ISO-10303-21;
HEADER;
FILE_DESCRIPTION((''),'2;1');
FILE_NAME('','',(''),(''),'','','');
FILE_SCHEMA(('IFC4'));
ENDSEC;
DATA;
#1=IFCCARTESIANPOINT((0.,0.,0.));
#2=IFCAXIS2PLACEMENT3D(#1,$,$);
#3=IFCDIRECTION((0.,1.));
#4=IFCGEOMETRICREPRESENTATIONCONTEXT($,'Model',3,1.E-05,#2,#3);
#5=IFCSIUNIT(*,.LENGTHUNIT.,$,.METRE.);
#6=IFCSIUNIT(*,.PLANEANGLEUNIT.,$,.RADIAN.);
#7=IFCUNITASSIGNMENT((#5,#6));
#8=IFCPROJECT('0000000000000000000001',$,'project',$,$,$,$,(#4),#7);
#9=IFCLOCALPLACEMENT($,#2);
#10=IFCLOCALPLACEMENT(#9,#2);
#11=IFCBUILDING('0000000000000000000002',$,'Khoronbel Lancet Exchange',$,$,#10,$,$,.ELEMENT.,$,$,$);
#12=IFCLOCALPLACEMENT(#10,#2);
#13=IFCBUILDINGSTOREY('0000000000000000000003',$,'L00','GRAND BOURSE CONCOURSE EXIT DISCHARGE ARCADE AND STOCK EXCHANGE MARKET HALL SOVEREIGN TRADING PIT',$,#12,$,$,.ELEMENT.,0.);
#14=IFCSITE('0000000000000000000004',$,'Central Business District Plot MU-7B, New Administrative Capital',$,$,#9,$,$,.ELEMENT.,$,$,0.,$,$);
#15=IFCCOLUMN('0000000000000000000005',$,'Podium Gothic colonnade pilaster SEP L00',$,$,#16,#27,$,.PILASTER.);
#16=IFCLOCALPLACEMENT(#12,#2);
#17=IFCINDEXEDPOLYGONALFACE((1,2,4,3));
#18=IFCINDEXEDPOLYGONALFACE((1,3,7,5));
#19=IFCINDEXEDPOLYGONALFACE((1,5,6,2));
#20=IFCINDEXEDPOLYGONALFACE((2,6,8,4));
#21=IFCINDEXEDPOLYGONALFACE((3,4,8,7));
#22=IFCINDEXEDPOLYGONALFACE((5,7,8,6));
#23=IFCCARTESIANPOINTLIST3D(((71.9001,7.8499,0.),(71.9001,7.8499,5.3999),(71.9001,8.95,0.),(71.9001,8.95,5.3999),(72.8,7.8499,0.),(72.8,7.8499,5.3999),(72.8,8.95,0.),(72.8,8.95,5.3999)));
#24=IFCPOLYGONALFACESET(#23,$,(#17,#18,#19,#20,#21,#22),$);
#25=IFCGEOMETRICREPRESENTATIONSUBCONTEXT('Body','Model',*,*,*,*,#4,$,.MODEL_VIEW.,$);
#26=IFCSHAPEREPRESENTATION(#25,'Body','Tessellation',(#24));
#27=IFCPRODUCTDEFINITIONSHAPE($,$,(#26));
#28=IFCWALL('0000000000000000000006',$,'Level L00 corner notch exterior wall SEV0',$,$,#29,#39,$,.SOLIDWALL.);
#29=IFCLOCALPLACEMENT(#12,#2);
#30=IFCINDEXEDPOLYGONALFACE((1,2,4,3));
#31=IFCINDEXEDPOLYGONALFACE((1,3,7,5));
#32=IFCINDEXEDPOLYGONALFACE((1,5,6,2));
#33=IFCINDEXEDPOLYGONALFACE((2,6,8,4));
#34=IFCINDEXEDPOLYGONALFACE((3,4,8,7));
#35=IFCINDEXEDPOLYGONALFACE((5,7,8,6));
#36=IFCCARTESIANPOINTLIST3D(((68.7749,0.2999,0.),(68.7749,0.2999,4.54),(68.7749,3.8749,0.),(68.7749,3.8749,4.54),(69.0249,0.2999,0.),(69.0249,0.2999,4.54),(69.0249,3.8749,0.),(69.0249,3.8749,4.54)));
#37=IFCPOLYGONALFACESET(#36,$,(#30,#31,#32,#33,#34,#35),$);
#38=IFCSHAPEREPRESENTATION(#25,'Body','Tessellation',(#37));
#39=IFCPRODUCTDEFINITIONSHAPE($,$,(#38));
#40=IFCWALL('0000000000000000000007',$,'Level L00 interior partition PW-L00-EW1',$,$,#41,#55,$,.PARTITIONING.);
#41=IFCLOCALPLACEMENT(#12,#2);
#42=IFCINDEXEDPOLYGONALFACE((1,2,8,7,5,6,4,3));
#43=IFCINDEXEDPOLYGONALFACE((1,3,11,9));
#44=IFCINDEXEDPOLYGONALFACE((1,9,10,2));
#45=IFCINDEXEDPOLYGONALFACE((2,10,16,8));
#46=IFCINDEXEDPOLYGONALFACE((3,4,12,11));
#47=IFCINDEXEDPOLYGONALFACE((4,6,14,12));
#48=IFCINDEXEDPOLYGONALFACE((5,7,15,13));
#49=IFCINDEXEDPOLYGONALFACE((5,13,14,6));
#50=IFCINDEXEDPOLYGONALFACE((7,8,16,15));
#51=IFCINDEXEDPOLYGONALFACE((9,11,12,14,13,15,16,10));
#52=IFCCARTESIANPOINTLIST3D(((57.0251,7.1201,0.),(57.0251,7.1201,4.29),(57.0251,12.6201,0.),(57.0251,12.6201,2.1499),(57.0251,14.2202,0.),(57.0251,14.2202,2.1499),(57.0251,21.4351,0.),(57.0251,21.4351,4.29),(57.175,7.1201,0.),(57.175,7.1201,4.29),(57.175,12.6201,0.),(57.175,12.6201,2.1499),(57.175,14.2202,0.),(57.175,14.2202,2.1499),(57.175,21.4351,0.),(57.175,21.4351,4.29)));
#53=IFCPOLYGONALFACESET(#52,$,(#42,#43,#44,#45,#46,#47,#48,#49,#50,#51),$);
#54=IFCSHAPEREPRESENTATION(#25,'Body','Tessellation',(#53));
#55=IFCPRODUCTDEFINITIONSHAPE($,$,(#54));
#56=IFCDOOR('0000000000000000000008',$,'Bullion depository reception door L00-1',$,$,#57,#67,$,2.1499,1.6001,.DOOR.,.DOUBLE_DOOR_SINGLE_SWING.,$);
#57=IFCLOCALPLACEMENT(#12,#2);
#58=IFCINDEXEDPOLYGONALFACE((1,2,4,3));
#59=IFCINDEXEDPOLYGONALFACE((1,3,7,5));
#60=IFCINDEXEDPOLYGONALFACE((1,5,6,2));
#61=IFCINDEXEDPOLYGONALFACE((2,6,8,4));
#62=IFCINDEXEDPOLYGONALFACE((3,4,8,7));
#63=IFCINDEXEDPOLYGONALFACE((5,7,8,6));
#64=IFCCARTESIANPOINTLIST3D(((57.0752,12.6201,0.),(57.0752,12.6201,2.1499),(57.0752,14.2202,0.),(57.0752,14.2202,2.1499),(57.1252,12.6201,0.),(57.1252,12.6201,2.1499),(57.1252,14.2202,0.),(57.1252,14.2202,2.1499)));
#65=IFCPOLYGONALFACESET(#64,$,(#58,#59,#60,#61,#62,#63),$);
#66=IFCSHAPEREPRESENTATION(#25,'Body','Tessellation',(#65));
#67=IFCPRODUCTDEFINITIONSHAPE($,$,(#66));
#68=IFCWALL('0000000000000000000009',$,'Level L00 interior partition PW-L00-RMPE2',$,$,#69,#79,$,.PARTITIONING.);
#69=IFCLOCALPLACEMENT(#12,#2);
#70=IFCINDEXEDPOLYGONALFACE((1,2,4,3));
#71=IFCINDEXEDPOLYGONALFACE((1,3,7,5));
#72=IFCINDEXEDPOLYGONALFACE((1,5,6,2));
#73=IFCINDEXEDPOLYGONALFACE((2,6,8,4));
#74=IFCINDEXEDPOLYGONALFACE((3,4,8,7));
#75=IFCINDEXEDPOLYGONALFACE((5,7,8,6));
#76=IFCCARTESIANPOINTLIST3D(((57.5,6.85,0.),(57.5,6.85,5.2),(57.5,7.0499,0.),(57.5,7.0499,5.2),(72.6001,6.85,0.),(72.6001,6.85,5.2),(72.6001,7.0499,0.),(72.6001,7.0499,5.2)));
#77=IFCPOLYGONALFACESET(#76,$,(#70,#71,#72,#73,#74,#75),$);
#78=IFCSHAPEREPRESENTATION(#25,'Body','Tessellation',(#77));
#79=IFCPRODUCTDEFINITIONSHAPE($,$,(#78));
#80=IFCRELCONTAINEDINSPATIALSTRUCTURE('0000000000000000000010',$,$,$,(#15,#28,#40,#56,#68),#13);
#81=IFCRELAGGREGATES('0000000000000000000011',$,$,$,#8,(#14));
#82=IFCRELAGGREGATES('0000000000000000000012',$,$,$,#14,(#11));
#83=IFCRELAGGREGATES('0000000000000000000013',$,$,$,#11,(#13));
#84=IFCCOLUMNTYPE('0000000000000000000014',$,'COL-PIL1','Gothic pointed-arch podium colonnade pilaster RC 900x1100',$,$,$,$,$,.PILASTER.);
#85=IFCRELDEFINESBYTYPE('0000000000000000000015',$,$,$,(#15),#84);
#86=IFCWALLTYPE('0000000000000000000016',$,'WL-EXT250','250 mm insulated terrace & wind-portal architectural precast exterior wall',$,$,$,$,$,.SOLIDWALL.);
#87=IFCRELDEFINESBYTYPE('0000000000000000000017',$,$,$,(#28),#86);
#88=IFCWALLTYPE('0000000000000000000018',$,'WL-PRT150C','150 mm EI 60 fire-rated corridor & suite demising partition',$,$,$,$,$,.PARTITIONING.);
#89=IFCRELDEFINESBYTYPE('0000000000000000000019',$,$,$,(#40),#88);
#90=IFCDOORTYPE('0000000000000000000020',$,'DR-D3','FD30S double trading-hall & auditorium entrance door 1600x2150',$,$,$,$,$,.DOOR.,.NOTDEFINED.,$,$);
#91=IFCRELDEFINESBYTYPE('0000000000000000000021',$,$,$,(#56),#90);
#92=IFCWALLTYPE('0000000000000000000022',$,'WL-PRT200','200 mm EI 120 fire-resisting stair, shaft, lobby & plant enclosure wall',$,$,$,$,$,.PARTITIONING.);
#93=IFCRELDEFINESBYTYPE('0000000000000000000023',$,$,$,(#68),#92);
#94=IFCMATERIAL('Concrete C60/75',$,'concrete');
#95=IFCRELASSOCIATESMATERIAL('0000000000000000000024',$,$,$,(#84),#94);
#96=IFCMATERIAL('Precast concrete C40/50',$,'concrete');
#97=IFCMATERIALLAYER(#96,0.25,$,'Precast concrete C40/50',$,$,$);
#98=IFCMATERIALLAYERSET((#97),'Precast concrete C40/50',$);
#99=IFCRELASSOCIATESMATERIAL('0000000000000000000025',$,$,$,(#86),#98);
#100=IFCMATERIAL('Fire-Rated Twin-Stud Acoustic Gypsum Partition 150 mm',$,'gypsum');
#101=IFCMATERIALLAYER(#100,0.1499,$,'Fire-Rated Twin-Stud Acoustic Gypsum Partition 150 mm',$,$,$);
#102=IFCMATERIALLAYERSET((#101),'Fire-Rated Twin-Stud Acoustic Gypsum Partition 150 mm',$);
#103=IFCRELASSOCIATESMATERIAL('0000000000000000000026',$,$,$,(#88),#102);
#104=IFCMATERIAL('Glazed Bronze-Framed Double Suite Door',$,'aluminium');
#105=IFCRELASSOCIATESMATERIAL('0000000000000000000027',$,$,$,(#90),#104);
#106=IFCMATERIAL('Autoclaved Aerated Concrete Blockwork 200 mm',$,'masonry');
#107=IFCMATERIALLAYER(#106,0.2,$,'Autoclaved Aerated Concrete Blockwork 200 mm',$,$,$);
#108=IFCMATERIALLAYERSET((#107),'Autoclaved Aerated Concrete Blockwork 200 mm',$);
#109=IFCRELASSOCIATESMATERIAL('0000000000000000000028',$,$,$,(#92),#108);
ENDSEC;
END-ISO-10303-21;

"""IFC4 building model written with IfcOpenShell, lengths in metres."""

from ifc_helpers import new_model, si_unit, direction, frame, frame_2d, origin, origin_2d, place, context, subcontext, project, spatial, rectangle, extrude, material, layer, layer_set, material_profile, profile_set, type_object, element, fill, save


model = new_model("IFC4")

# Units and contexts
model_context = context("Model", 3, precision=1e-05, world=origin(), true_north=direction((0.0, 1.0)))
body_context = subcontext(model_context, "Body", "Model", "MODEL_VIEW")
ifc_project = project(units=[si_unit("LENGTHUNIT", "METRE"), si_unit("PLANEANGLEUNIT", "RADIAN")], contexts=[model_context])

# Site, building, storey
site_placement = place(None, origin())
site = spatial("IfcSite", under=ifc_project, at=site_placement, Name="Central Business District Plot MU-7B, New Administrative Capital", CompositionType="ELEMENT", RefElevation=0.0)
building_placement = place(site_placement, origin())
building = spatial("IfcBuilding", under=site, at=building_placement, Name="Khoronbel Lancet Exchange", CompositionType="ELEMENT")
storey_placement = place(building_placement, origin())
storey = spatial("IfcBuildingStorey", under=building, at=storey_placement, Name="L00", Description="GRAND BOURSE CONCOURSE EXIT DISCHARGE ARCADE AND STOCK EXCHANGE MARKET HALL SOVEREIGN TRADING PIT", CompositionType="ELEMENT", Elevation=0.0)

# Column
ifc_material_1 = material(Name="Concrete C60/75", Category="concrete")
ifc_material_profile = material_profile(ifc_material_1, rectangle(XDim=0.8999, YDim=1.1001, at=origin_2d()), Name="RC 900x1100")
ifc_profile_set = profile_set([ifc_material_profile], Name="Concrete C60/75")
column_type = type_object("IfcColumnType", Name="COL-PIL1", Description="Gothic pointed-arch podium colonnade pilaster RC 900x1100", PredefinedType="PILASTER", material=ifc_profile_set)
column_placement = place(storey_placement, frame((72.3501, 8.3999, 0.0), z_axis=(0.0, 0.0, 1.0), x_axis=(1.0, 0.0, 0.0)))
element("IfcColumn", 1, at=column_placement, inside=storey, type_object=column_type, Name="Podium Gothic colonnade pilaster SEP L00", PredefinedType="PILASTER", context=body_context, shape_type="SweptSolid", body=[
    extrude(rectangle(XDim=0.8999, YDim=1.1001, at=origin_2d()), origin(), (0.0, 0.0, 1.0), 5.3999),
])

# Wall
ifc_material_2 = material(Name="Precast concrete C40/50", Category="concrete")
ifc_layer_1 = layer(ifc_material_2, 0.25, Name="Precast concrete C40/50")
ifc_layer_set_1 = layer_set([ifc_layer_1], Name="Precast concrete C40/50")
wall_type_1 = type_object("IfcWallType", Name="WL-EXT250", Description="250 mm insulated terrace & wind-portal architectural precast exterior wall", PredefinedType="SOLIDWALL", material=ifc_layer_set_1)
wall_1_placement = place(storey_placement, frame((68.8999, 3.875, 0.0), z_axis=(0.0, 0.0, 1.0), x_axis=(0.0, -1.0, 0.0)))
element("IfcWall", 2, at=wall_1_placement, inside=storey, type_object=wall_type_1, Name="Level L00 corner notch exterior wall SEV0", PredefinedType="SOLIDWALL", context=body_context, shape_type="SweptSolid", body=[
    extrude(rectangle(XDim=3.575, YDim=0.25, at=frame_2d((1.7876, 0.0))), origin(), (0.0, 0.0, 1.0), 4.54),
])

# Wall, opening, door
ifc_material_3 = material(Name="Fire-Rated Twin-Stud Acoustic Gypsum Partition 150 mm", Category="gypsum")
ifc_layer_2 = layer(ifc_material_3, 0.1499, Name="Fire-Rated Twin-Stud Acoustic Gypsum Partition 150 mm")
ifc_layer_set_2 = layer_set([ifc_layer_2], Name="Fire-Rated Twin-Stud Acoustic Gypsum Partition 150 mm")
wall_type_2 = type_object("IfcWallType", Name="WL-PRT150C", Description="150 mm EI 60 fire-rated corridor & suite demising partition", PredefinedType="PARTITIONING", material=ifc_layer_set_2)
wall_2_placement = place(storey_placement, frame((57.1001, 7.1201, 0.0), z_axis=(0.0, 0.0, 1.0), x_axis=(0.0, 1.0, 0.0)))
wall_2 = element("IfcWall", 3, at=wall_2_placement, inside=storey, type_object=wall_type_2, Name="Level L00 interior partition PW-L00-EW1", PredefinedType="PARTITIONING", context=body_context, shape_type="SweptSolid", body=[
    extrude(rectangle(XDim=14.3149, YDim=0.1499, at=frame_2d((7.1575, 0.0))), origin(), (0.0, 0.0, 1.0), 4.29),
])
opening_placement = place(wall_2_placement, frame((5.5, 0.0, 0.0)))
opening = element("IfcOpeningElement", 4, at=opening_placement, cuts=wall_2, PredefinedType="OPENING", context=body_context, shape_type="SweptSolid", body=[
    extrude(rectangle(XDim=1.6001, YDim=2.1499, at=frame_2d((0.8, 1.075))), frame((0.0, 0.085, 0.0), z_axis=(0.0, -1.0, 0.0), x_axis=(1.0, 0.0, 0.0)), (0.0, 0.0, 1.0), 0.1699),
])
ifc_material_4 = material(Name="Glazed Bronze-Framed Double Suite Door", Category="aluminium")
door_type = type_object("IfcDoorType", Name="DR-D3", Description="FD30S double trading-hall & auditorium entrance door 1600x2150", OperationType="NOTDEFINED", PredefinedType="DOOR", material=ifc_material_4)
door_placement = place(opening_placement, origin())
door = element("IfcDoor", 5, at=door_placement, inside=storey, type_object=door_type, Name="Bullion depository reception door L00-1", OperationType="DOUBLE_DOOR_SINGLE_SWING", OverallHeight=2.1499, OverallWidth=1.6001, PredefinedType="DOOR", context=body_context, shape_type="SweptSolid", body=[
    extrude(rectangle(XDim=1.6001, YDim=2.1499, at=frame_2d((0.8, 1.075))), frame((0.0, 0.0249, 0.0), z_axis=(0.0, -1.0, 0.0), x_axis=(1.0, 0.0, 0.0)), (0.0, 0.0, 1.0), 0.05),
])
fill(opening, door)

# Wall
ifc_material_5 = material(Name="Autoclaved Aerated Concrete Blockwork 200 mm", Category="masonry")
ifc_layer_3 = layer(ifc_material_5, 0.2, Name="Autoclaved Aerated Concrete Blockwork 200 mm")
ifc_layer_set_3 = layer_set([ifc_layer_3], Name="Autoclaved Aerated Concrete Blockwork 200 mm")
wall_type_3 = type_object("IfcWallType", Name="WL-PRT200", Description="200 mm EI 120 fire-resisting stair, shaft, lobby & plant enclosure wall", PredefinedType="PARTITIONING", material=ifc_layer_set_3)
wall_3_placement = place(storey_placement, frame((57.5, 6.95, 0.0), z_axis=(0.0, 0.0, 1.0), x_axis=(1.0, 0.0, 0.0)))
element("IfcWall", 6, at=wall_3_placement, inside=storey, type_object=wall_type_3, Name="Level L00 interior partition PW-L00-RMPE2", PredefinedType="PARTITIONING", context=body_context, shape_type="SweptSolid", body=[
    extrude(rectangle(XDim=15.1001, YDim=0.2, at=frame_2d((7.55, 0.0))), origin(), (0.0, 0.0, 1.0), 5.2),
])

save(model, "model.ifc")
